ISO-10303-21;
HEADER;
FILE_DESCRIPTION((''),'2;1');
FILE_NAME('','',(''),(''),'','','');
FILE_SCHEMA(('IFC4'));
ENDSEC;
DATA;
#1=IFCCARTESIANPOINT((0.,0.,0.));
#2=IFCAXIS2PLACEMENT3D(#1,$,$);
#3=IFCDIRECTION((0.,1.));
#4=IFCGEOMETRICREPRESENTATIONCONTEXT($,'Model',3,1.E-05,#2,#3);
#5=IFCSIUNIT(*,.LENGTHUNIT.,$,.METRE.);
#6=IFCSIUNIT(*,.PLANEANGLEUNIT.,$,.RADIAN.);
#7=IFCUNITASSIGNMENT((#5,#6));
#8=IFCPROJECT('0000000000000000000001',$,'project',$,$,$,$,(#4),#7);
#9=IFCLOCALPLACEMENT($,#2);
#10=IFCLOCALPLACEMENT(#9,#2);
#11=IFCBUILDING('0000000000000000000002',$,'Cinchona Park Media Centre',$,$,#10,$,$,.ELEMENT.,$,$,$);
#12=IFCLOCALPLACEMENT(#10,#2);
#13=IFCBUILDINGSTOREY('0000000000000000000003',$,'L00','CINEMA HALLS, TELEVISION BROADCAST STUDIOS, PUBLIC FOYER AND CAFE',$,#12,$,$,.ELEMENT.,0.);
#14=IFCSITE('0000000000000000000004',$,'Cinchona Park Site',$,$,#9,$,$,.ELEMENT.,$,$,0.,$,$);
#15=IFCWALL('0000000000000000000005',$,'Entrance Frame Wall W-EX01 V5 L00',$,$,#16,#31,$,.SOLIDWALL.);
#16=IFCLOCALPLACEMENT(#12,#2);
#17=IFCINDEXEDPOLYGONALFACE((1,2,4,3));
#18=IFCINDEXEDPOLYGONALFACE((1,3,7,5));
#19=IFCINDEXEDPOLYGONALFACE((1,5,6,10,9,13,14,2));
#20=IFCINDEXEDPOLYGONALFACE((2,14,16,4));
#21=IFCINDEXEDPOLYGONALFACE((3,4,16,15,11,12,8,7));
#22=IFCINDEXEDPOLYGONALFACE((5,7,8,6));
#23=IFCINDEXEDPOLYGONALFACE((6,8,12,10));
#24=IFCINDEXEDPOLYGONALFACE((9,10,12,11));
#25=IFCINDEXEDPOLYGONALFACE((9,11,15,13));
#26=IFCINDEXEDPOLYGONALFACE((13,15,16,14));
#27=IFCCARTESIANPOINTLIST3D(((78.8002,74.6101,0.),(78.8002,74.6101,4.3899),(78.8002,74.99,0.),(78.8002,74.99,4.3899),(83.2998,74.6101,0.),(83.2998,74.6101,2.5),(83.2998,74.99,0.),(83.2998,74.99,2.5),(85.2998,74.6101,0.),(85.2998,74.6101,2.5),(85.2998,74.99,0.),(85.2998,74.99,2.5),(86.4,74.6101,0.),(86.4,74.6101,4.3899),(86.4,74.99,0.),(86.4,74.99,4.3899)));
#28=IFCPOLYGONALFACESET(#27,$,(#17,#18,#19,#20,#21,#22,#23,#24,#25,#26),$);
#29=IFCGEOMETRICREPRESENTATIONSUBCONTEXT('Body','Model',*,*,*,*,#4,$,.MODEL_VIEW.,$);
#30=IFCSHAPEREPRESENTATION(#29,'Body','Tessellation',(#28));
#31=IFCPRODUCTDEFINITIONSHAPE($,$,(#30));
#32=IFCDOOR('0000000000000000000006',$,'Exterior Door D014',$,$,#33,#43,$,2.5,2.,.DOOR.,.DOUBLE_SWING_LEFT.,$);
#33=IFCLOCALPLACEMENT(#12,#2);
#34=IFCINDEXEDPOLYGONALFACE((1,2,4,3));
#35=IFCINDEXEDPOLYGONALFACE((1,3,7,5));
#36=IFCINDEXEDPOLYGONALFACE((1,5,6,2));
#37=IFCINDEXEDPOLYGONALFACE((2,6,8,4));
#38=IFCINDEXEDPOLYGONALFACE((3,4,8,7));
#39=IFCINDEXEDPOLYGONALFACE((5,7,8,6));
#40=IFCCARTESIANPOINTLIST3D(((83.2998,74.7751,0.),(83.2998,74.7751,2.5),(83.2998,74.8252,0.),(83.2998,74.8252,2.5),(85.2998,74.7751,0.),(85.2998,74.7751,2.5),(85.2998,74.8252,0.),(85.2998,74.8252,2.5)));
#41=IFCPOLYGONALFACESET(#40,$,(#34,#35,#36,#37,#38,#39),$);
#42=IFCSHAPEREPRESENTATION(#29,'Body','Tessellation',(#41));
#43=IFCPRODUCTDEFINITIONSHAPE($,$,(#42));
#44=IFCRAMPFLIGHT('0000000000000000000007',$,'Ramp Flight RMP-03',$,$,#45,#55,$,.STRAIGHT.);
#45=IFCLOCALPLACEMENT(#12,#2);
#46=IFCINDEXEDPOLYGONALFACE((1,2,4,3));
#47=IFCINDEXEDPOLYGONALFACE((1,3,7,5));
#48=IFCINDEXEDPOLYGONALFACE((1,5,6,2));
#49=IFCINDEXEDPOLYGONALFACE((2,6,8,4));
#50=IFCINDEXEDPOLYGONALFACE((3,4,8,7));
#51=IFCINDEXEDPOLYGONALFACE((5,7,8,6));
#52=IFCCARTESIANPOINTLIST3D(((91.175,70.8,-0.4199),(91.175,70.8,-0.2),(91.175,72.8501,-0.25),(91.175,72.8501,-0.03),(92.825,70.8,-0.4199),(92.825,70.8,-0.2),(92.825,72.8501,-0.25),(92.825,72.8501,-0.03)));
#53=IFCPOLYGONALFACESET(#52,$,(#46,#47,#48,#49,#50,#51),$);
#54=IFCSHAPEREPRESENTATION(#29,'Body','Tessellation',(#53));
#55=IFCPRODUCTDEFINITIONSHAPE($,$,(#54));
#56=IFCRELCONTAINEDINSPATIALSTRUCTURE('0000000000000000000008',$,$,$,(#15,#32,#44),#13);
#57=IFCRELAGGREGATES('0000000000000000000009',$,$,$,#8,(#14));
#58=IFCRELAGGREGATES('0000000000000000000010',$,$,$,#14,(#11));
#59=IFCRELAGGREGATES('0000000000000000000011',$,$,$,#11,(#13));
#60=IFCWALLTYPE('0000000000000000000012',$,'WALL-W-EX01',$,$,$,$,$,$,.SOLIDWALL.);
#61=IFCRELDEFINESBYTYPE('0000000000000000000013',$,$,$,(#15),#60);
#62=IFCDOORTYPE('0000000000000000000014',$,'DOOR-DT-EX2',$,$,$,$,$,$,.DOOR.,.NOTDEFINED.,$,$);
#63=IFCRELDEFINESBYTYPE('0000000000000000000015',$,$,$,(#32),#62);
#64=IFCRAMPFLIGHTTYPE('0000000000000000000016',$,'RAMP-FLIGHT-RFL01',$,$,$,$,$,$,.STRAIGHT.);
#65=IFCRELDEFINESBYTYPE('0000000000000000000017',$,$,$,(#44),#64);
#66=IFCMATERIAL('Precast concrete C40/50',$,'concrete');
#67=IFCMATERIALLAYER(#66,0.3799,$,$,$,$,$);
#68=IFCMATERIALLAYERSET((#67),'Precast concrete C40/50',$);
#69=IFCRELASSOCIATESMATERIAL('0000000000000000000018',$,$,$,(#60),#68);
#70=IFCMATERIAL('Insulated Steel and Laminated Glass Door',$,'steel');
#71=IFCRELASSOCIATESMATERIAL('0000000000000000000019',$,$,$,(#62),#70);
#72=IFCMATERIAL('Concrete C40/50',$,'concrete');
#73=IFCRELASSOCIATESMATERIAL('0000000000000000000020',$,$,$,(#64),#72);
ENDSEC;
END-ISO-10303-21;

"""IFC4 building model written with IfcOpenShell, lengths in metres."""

from ifc_helpers import new_model, si_unit, direction, frame, frame_2d, origin, place, context, subcontext, project, spatial, polyline, rectangle, outline, extrude, material, layer, layer_set, type_object, element, fill, save


model = new_model("IFC4")

# Units and contexts
model_context = context("Model", 3, precision=1e-05, world=origin(), true_north=direction((0.0, 1.0)))
body_context = subcontext(model_context, "Body", "Model", "MODEL_VIEW")
ifc_project = project(units=[si_unit("LENGTHUNIT", "METRE"), si_unit("PLANEANGLEUNIT", "RADIAN")], contexts=[model_context])

# Site, building, storey
site_placement = place(None, origin())
site = spatial("IfcSite", under=ifc_project, at=site_placement, Name="Cinchona Park Site", CompositionType="ELEMENT", RefElevation=0.0)
building_placement = place(site_placement, origin())
building = spatial("IfcBuilding", under=site, at=building_placement, Name="Cinchona Park Media Centre", CompositionType="ELEMENT")
storey_placement = place(building_placement, origin())
storey = spatial("IfcBuildingStorey", under=building, at=storey_placement, Name="L00", Description="CINEMA HALLS, TELEVISION BROADCAST STUDIOS, PUBLIC FOYER AND CAFE", CompositionType="ELEMENT", Elevation=0.0)

# Wall, opening, door
ifc_material_1 = material(Name="Precast concrete C40/50", Category="concrete")
ifc_layer_1 = layer(ifc_material_1, 0.3799)
ifc_layer_set_1 = layer_set([ifc_layer_1], Name="Precast concrete C40/50")
wall_type = type_object("IfcWallType", Name="WALL-W-EX01", PredefinedType="SOLIDWALL", material=ifc_layer_set_1)
wall_placement = place(storey_placement, frame((86.3999, 74.8, 0.0), z_axis=(0.0, 0.0, 1.0), x_axis=(-1.0, 0.0, 0.0)))
wall = element("IfcWall", 1, at=wall_placement, inside=storey, type_object=wall_type, Name="Entrance Frame Wall W-EX01 V5 L00", PredefinedType="SOLIDWALL", context=body_context, shape_type="SweptSolid", body=[
    extrude(rectangle(XDim=7.5999, YDim=0.3799, at=frame_2d((3.7998, 0.0))), origin(), (0.0, 0.0, 1.0), 4.3899),
])
opening_placement = place(wall_placement, frame((1.1001, 0.0, 0.0)))
opening = element("IfcOpeningElement", 2, at=opening_placement, cuts=wall, PredefinedType="OPENING", context=body_context, shape_type="SweptSolid", body=[
    extrude(rectangle(XDim=2.0, YDim=2.5, at=frame_2d((1.0, 1.25))), frame((0.0, 0.2, 0.0), z_axis=(0.0, -1.0, 0.0), x_axis=(1.0, 0.0, 0.0)), (0.0, 0.0, 1.0), 0.3999),
])
ifc_material_2 = material(Name="Insulated Steel and Laminated Glass Door", Category="steel")
door_type = type_object("IfcDoorType", Name="DOOR-DT-EX2", OperationType="NOTDEFINED", PredefinedType="DOOR", material=ifc_material_2)
door_placement = place(opening_placement, origin())
door = element("IfcDoor", 3, at=door_placement, inside=storey, type_object=door_type, Name="Exterior Door D014", OperationType="DOUBLE_SWING_LEFT", OverallHeight=2.5, OverallWidth=2.0, PredefinedType="DOOR", context=body_context, shape_type="SweptSolid", body=[
    extrude(rectangle(XDim=2.0, YDim=2.5, at=frame_2d((1.0, 1.25))), frame((0.0, 0.0249, 0.0), z_axis=(0.0, -1.0, 0.0), x_axis=(1.0, 0.0, 0.0)), (0.0, 0.0, 1.0), 0.05),
])
fill(opening, door)

# Ramp flight
ifc_material_3 = material(Name="Concrete C40/50", Category="concrete")
ramp_flight_type = type_object("IfcRampFlightType", Name="RAMP-FLIGHT-RFL01", PredefinedType="STRAIGHT", material=ifc_material_3)
ramp_flight_placement = place(storey_placement, frame((92.0, 70.8, -0.2), z_axis=(0.0, 0.0, 1.0), x_axis=(0.0, 1.0, 0.0)))
element("IfcRampFlight", 4, at=ramp_flight_placement, inside=storey, type_object=ramp_flight_type, Name="Ramp Flight RMP-03", PredefinedType="STRAIGHT", context=body_context, shape_type="SweptSolid", body=[
    extrude(outline(polyline([(0.0, 0.0), (2.05, 0.1699), (2.05, -0.05), (0.0, -0.22), (0.0, 0.0)])), frame((0.0, 0.825, 0.0), z_axis=(0.0, -1.0, 0.0), x_axis=(1.0, 0.0, 0.0)), (0.0, 0.0, 1.0), 1.6499),
])

save(model, "model.ifc")
